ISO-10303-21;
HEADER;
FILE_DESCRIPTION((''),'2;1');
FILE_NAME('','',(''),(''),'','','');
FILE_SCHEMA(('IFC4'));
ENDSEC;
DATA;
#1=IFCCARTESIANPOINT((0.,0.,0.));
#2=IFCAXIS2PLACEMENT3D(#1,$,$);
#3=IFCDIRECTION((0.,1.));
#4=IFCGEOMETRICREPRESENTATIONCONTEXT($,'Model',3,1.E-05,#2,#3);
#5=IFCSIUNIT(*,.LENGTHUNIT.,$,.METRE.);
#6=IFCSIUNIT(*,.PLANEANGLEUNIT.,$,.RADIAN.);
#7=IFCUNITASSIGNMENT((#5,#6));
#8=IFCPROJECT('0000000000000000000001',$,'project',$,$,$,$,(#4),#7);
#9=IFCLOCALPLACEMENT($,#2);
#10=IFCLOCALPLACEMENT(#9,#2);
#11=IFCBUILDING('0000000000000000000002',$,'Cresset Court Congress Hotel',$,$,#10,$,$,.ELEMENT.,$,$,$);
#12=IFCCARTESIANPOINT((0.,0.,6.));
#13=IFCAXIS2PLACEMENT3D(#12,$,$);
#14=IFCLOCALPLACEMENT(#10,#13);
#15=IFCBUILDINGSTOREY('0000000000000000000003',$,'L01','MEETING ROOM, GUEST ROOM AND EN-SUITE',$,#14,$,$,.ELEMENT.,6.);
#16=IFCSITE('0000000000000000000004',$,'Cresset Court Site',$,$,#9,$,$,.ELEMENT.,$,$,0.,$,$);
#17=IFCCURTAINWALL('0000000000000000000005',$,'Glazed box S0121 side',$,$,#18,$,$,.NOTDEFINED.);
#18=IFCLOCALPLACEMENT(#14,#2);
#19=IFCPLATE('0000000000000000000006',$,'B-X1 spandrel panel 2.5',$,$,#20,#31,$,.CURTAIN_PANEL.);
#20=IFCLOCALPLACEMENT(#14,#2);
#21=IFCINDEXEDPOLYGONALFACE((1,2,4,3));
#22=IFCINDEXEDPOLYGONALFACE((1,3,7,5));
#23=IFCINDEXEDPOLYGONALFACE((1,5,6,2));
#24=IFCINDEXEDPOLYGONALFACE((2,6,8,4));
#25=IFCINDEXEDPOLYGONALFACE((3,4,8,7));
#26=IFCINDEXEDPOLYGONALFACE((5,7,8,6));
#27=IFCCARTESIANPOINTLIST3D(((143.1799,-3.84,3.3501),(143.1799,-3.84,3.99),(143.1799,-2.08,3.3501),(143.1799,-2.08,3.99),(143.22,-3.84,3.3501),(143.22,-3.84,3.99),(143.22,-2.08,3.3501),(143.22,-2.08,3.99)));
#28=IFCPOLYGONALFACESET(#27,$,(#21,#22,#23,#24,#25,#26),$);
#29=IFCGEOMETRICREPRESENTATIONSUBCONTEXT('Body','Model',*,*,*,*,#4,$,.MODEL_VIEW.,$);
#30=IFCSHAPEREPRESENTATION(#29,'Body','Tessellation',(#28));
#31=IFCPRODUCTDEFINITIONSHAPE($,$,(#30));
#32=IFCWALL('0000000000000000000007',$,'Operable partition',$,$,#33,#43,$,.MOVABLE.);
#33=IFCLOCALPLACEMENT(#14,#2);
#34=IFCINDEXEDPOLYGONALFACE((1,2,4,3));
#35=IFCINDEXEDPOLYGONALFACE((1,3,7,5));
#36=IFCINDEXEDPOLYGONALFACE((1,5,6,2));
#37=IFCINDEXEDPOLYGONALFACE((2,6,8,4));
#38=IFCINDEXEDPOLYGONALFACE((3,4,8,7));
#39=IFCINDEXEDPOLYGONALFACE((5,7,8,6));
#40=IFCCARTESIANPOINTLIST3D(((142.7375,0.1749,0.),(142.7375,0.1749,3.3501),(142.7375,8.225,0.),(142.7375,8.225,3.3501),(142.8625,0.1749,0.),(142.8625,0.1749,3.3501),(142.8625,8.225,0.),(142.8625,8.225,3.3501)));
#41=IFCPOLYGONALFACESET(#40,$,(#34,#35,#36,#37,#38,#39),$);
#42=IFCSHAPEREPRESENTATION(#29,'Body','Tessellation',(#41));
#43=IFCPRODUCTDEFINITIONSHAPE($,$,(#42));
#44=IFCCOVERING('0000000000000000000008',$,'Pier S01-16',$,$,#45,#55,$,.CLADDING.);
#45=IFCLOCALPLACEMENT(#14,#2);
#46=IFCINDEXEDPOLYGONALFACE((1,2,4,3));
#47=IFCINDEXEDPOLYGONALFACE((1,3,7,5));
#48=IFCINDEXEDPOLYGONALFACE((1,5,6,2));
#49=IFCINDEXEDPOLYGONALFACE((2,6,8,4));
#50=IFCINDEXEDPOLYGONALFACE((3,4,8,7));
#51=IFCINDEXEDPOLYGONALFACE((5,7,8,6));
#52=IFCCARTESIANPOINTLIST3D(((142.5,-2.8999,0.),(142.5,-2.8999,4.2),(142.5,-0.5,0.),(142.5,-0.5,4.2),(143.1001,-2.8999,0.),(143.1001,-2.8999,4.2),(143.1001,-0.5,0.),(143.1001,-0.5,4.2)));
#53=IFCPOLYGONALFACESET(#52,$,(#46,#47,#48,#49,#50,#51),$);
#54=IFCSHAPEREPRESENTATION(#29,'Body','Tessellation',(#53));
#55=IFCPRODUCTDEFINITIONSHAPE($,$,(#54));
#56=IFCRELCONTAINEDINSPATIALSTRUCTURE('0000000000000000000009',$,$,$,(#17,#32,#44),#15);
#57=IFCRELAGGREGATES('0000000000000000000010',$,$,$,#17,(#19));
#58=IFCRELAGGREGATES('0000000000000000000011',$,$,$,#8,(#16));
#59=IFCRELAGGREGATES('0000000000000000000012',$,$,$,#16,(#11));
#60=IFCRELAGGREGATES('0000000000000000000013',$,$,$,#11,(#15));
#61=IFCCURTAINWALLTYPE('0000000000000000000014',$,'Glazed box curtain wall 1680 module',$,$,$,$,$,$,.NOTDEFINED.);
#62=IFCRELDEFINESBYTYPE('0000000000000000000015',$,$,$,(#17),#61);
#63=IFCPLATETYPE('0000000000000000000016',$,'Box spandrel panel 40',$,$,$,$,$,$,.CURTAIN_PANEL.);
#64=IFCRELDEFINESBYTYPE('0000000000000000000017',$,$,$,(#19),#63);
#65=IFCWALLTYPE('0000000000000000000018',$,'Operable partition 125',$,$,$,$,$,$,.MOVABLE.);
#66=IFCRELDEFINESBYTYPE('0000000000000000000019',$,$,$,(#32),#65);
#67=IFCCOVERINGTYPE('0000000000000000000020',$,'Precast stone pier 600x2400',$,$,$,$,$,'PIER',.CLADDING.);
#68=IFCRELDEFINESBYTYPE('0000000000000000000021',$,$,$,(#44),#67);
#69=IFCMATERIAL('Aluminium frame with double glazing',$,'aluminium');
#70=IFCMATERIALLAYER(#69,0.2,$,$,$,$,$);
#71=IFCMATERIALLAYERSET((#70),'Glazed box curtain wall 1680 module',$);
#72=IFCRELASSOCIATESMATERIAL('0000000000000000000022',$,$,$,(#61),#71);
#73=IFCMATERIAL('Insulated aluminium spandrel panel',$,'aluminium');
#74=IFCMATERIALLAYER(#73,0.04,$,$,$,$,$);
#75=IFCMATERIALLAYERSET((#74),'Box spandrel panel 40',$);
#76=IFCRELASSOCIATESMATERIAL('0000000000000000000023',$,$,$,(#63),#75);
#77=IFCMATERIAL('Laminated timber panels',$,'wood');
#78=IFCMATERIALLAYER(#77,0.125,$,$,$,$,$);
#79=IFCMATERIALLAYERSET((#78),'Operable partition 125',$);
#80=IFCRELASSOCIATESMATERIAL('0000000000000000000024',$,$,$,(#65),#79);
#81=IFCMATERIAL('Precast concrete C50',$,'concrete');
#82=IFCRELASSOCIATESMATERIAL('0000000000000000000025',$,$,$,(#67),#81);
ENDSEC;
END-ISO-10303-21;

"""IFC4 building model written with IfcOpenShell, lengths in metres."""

from ifc_helpers import new_model, si_unit, direction, frame, frame_2d, origin, origin_2d, place, context, subcontext, project, spatial, rectangle, extrude, material, layer, layer_set, type_object, element, aggregate, save


model = new_model("IFC4")

# Units and contexts
model_context = context("Model", 3, precision=1e-05, world=origin(), true_north=direction((0.0, 1.0)))
body_context = subcontext(model_context, "Body", "Model", "MODEL_VIEW")
ifc_project = project(units=[si_unit("LENGTHUNIT", "METRE"), si_unit("PLANEANGLEUNIT", "RADIAN")], contexts=[model_context])

# Site, building, storey
site_placement = place(None, origin())
site = spatial("IfcSite", under=ifc_project, at=site_placement, Name="Cresset Court Site", CompositionType="ELEMENT", RefElevation=0.0)
building_placement = place(site_placement, origin())
building = spatial("IfcBuilding", under=site, at=building_placement, Name="Cresset Court Congress Hotel", CompositionType="ELEMENT")
storey_placement = place(building_placement, frame((0.0, 0.0, 6.0)))
storey = spatial("IfcBuildingStorey", under=building, at=storey_placement, Name="L01", Description="MEETING ROOM, GUEST ROOM AND EN-SUITE", CompositionType="ELEMENT", Elevation=6.0)

# Shared definitions
ifc_material_1 = material(Name="Aluminium frame with double glazing", Category="aluminium")
ifc_layer_1 = layer(ifc_material_1, 0.2)
ifc_layer_set_1 = layer_set([ifc_layer_1], Name="Glazed box curtain wall 1680 module")
curtain_wall_type = type_object("IfcCurtainWallType", Name="Glazed box curtain wall 1680 module", PredefinedType="NOTDEFINED", material=ifc_layer_set_1)

# Curtain wall
curtain_wall_1_placement = place(storey_placement, origin())
curtain_wall_1 = element("IfcCurtainWall", 1, at=curtain_wall_1_placement, inside=storey, type_object=curtain_wall_type, Name="Glazed box S0121 side", PredefinedType="NOTDEFINED")

# Plate
ifc_material_2 = material(Name="Insulated aluminium spandrel panel", Category="aluminium")
ifc_layer_2 = layer(ifc_material_2, 0.04)
ifc_layer_set_2 = layer_set([ifc_layer_2], Name="Box spandrel panel 40")
plate_type_1 = type_object("IfcPlateType", Name="Box spandrel panel 40", PredefinedType="CURTAIN_PANEL", material=ifc_layer_set_2)
plate_1_placement = place(storey_placement, frame((143.2, -2.96, 3.3501), z_axis=(0.0, 0.0, 1.0), x_axis=(0.0, -1.0, 0.0)))
plate_1 = element("IfcPlate", 2, at=plate_1_placement, type_object=plate_type_1, Name="B-X1 spandrel panel 2.5", PredefinedType="CURTAIN_PANEL", context=body_context, shape_type="SweptSolid", body=[
    extrude(rectangle(XDim=1.76, YDim=0.04, at=origin_2d()), origin(), (0.0, 0.0, 1.0), 0.6399),
])
aggregate(curtain_wall_1, [plate_1])

# Wall
ifc_material_3 = material(Name="Laminated timber panels", Category="wood")
ifc_layer_3 = layer(ifc_material_3, 0.125)
ifc_layer_set_3 = layer_set([ifc_layer_3], Name="Operable partition 125")
wall_type = type_object("IfcWallType", Name="Operable partition 125", PredefinedType="MOVABLE", material=ifc_layer_set_3)
wall_placement = place(storey_placement, frame((142.8, 0.175, 0.0), z_axis=(0.0, 0.0, 1.0), x_axis=(0.0, 1.0, 0.0)))
element("IfcWall", 3, at=wall_placement, inside=storey, type_object=wall_type, Name="Operable partition", PredefinedType="MOVABLE", context=body_context, shape_type="SweptSolid", body=[
    extrude(rectangle(XDim=8.05, YDim=0.125, at=frame_2d((4.0249, 0.0))), origin(), (0.0, 0.0, 1.0), 3.3501),
])

# Covering
ifc_material_4 = material(Name="Precast concrete C50", Category="concrete")
covering_type = type_object("IfcCoveringType", Name="Precast stone pier 600x2400", ElementType="PIER", PredefinedType="CLADDING", material=ifc_material_4)
covering_placement = place(storey_placement, frame((142.8, -1.7, 0.0), z_axis=(0.0, 0.0, 1.0), x_axis=(1.0, 0.0, 0.0)))
element("IfcCovering", 4, at=covering_placement, inside=storey, type_object=covering_type, Name="Pier S01-16", PredefinedType="CLADDING", context=body_context, shape_type="SweptSolid", body=[
    extrude(rectangle(XDim=0.6001, YDim=2.3999, at=origin_2d()), origin(), (0.0, 0.0, 1.0), 4.2),
])

save(model, "model.ifc")
